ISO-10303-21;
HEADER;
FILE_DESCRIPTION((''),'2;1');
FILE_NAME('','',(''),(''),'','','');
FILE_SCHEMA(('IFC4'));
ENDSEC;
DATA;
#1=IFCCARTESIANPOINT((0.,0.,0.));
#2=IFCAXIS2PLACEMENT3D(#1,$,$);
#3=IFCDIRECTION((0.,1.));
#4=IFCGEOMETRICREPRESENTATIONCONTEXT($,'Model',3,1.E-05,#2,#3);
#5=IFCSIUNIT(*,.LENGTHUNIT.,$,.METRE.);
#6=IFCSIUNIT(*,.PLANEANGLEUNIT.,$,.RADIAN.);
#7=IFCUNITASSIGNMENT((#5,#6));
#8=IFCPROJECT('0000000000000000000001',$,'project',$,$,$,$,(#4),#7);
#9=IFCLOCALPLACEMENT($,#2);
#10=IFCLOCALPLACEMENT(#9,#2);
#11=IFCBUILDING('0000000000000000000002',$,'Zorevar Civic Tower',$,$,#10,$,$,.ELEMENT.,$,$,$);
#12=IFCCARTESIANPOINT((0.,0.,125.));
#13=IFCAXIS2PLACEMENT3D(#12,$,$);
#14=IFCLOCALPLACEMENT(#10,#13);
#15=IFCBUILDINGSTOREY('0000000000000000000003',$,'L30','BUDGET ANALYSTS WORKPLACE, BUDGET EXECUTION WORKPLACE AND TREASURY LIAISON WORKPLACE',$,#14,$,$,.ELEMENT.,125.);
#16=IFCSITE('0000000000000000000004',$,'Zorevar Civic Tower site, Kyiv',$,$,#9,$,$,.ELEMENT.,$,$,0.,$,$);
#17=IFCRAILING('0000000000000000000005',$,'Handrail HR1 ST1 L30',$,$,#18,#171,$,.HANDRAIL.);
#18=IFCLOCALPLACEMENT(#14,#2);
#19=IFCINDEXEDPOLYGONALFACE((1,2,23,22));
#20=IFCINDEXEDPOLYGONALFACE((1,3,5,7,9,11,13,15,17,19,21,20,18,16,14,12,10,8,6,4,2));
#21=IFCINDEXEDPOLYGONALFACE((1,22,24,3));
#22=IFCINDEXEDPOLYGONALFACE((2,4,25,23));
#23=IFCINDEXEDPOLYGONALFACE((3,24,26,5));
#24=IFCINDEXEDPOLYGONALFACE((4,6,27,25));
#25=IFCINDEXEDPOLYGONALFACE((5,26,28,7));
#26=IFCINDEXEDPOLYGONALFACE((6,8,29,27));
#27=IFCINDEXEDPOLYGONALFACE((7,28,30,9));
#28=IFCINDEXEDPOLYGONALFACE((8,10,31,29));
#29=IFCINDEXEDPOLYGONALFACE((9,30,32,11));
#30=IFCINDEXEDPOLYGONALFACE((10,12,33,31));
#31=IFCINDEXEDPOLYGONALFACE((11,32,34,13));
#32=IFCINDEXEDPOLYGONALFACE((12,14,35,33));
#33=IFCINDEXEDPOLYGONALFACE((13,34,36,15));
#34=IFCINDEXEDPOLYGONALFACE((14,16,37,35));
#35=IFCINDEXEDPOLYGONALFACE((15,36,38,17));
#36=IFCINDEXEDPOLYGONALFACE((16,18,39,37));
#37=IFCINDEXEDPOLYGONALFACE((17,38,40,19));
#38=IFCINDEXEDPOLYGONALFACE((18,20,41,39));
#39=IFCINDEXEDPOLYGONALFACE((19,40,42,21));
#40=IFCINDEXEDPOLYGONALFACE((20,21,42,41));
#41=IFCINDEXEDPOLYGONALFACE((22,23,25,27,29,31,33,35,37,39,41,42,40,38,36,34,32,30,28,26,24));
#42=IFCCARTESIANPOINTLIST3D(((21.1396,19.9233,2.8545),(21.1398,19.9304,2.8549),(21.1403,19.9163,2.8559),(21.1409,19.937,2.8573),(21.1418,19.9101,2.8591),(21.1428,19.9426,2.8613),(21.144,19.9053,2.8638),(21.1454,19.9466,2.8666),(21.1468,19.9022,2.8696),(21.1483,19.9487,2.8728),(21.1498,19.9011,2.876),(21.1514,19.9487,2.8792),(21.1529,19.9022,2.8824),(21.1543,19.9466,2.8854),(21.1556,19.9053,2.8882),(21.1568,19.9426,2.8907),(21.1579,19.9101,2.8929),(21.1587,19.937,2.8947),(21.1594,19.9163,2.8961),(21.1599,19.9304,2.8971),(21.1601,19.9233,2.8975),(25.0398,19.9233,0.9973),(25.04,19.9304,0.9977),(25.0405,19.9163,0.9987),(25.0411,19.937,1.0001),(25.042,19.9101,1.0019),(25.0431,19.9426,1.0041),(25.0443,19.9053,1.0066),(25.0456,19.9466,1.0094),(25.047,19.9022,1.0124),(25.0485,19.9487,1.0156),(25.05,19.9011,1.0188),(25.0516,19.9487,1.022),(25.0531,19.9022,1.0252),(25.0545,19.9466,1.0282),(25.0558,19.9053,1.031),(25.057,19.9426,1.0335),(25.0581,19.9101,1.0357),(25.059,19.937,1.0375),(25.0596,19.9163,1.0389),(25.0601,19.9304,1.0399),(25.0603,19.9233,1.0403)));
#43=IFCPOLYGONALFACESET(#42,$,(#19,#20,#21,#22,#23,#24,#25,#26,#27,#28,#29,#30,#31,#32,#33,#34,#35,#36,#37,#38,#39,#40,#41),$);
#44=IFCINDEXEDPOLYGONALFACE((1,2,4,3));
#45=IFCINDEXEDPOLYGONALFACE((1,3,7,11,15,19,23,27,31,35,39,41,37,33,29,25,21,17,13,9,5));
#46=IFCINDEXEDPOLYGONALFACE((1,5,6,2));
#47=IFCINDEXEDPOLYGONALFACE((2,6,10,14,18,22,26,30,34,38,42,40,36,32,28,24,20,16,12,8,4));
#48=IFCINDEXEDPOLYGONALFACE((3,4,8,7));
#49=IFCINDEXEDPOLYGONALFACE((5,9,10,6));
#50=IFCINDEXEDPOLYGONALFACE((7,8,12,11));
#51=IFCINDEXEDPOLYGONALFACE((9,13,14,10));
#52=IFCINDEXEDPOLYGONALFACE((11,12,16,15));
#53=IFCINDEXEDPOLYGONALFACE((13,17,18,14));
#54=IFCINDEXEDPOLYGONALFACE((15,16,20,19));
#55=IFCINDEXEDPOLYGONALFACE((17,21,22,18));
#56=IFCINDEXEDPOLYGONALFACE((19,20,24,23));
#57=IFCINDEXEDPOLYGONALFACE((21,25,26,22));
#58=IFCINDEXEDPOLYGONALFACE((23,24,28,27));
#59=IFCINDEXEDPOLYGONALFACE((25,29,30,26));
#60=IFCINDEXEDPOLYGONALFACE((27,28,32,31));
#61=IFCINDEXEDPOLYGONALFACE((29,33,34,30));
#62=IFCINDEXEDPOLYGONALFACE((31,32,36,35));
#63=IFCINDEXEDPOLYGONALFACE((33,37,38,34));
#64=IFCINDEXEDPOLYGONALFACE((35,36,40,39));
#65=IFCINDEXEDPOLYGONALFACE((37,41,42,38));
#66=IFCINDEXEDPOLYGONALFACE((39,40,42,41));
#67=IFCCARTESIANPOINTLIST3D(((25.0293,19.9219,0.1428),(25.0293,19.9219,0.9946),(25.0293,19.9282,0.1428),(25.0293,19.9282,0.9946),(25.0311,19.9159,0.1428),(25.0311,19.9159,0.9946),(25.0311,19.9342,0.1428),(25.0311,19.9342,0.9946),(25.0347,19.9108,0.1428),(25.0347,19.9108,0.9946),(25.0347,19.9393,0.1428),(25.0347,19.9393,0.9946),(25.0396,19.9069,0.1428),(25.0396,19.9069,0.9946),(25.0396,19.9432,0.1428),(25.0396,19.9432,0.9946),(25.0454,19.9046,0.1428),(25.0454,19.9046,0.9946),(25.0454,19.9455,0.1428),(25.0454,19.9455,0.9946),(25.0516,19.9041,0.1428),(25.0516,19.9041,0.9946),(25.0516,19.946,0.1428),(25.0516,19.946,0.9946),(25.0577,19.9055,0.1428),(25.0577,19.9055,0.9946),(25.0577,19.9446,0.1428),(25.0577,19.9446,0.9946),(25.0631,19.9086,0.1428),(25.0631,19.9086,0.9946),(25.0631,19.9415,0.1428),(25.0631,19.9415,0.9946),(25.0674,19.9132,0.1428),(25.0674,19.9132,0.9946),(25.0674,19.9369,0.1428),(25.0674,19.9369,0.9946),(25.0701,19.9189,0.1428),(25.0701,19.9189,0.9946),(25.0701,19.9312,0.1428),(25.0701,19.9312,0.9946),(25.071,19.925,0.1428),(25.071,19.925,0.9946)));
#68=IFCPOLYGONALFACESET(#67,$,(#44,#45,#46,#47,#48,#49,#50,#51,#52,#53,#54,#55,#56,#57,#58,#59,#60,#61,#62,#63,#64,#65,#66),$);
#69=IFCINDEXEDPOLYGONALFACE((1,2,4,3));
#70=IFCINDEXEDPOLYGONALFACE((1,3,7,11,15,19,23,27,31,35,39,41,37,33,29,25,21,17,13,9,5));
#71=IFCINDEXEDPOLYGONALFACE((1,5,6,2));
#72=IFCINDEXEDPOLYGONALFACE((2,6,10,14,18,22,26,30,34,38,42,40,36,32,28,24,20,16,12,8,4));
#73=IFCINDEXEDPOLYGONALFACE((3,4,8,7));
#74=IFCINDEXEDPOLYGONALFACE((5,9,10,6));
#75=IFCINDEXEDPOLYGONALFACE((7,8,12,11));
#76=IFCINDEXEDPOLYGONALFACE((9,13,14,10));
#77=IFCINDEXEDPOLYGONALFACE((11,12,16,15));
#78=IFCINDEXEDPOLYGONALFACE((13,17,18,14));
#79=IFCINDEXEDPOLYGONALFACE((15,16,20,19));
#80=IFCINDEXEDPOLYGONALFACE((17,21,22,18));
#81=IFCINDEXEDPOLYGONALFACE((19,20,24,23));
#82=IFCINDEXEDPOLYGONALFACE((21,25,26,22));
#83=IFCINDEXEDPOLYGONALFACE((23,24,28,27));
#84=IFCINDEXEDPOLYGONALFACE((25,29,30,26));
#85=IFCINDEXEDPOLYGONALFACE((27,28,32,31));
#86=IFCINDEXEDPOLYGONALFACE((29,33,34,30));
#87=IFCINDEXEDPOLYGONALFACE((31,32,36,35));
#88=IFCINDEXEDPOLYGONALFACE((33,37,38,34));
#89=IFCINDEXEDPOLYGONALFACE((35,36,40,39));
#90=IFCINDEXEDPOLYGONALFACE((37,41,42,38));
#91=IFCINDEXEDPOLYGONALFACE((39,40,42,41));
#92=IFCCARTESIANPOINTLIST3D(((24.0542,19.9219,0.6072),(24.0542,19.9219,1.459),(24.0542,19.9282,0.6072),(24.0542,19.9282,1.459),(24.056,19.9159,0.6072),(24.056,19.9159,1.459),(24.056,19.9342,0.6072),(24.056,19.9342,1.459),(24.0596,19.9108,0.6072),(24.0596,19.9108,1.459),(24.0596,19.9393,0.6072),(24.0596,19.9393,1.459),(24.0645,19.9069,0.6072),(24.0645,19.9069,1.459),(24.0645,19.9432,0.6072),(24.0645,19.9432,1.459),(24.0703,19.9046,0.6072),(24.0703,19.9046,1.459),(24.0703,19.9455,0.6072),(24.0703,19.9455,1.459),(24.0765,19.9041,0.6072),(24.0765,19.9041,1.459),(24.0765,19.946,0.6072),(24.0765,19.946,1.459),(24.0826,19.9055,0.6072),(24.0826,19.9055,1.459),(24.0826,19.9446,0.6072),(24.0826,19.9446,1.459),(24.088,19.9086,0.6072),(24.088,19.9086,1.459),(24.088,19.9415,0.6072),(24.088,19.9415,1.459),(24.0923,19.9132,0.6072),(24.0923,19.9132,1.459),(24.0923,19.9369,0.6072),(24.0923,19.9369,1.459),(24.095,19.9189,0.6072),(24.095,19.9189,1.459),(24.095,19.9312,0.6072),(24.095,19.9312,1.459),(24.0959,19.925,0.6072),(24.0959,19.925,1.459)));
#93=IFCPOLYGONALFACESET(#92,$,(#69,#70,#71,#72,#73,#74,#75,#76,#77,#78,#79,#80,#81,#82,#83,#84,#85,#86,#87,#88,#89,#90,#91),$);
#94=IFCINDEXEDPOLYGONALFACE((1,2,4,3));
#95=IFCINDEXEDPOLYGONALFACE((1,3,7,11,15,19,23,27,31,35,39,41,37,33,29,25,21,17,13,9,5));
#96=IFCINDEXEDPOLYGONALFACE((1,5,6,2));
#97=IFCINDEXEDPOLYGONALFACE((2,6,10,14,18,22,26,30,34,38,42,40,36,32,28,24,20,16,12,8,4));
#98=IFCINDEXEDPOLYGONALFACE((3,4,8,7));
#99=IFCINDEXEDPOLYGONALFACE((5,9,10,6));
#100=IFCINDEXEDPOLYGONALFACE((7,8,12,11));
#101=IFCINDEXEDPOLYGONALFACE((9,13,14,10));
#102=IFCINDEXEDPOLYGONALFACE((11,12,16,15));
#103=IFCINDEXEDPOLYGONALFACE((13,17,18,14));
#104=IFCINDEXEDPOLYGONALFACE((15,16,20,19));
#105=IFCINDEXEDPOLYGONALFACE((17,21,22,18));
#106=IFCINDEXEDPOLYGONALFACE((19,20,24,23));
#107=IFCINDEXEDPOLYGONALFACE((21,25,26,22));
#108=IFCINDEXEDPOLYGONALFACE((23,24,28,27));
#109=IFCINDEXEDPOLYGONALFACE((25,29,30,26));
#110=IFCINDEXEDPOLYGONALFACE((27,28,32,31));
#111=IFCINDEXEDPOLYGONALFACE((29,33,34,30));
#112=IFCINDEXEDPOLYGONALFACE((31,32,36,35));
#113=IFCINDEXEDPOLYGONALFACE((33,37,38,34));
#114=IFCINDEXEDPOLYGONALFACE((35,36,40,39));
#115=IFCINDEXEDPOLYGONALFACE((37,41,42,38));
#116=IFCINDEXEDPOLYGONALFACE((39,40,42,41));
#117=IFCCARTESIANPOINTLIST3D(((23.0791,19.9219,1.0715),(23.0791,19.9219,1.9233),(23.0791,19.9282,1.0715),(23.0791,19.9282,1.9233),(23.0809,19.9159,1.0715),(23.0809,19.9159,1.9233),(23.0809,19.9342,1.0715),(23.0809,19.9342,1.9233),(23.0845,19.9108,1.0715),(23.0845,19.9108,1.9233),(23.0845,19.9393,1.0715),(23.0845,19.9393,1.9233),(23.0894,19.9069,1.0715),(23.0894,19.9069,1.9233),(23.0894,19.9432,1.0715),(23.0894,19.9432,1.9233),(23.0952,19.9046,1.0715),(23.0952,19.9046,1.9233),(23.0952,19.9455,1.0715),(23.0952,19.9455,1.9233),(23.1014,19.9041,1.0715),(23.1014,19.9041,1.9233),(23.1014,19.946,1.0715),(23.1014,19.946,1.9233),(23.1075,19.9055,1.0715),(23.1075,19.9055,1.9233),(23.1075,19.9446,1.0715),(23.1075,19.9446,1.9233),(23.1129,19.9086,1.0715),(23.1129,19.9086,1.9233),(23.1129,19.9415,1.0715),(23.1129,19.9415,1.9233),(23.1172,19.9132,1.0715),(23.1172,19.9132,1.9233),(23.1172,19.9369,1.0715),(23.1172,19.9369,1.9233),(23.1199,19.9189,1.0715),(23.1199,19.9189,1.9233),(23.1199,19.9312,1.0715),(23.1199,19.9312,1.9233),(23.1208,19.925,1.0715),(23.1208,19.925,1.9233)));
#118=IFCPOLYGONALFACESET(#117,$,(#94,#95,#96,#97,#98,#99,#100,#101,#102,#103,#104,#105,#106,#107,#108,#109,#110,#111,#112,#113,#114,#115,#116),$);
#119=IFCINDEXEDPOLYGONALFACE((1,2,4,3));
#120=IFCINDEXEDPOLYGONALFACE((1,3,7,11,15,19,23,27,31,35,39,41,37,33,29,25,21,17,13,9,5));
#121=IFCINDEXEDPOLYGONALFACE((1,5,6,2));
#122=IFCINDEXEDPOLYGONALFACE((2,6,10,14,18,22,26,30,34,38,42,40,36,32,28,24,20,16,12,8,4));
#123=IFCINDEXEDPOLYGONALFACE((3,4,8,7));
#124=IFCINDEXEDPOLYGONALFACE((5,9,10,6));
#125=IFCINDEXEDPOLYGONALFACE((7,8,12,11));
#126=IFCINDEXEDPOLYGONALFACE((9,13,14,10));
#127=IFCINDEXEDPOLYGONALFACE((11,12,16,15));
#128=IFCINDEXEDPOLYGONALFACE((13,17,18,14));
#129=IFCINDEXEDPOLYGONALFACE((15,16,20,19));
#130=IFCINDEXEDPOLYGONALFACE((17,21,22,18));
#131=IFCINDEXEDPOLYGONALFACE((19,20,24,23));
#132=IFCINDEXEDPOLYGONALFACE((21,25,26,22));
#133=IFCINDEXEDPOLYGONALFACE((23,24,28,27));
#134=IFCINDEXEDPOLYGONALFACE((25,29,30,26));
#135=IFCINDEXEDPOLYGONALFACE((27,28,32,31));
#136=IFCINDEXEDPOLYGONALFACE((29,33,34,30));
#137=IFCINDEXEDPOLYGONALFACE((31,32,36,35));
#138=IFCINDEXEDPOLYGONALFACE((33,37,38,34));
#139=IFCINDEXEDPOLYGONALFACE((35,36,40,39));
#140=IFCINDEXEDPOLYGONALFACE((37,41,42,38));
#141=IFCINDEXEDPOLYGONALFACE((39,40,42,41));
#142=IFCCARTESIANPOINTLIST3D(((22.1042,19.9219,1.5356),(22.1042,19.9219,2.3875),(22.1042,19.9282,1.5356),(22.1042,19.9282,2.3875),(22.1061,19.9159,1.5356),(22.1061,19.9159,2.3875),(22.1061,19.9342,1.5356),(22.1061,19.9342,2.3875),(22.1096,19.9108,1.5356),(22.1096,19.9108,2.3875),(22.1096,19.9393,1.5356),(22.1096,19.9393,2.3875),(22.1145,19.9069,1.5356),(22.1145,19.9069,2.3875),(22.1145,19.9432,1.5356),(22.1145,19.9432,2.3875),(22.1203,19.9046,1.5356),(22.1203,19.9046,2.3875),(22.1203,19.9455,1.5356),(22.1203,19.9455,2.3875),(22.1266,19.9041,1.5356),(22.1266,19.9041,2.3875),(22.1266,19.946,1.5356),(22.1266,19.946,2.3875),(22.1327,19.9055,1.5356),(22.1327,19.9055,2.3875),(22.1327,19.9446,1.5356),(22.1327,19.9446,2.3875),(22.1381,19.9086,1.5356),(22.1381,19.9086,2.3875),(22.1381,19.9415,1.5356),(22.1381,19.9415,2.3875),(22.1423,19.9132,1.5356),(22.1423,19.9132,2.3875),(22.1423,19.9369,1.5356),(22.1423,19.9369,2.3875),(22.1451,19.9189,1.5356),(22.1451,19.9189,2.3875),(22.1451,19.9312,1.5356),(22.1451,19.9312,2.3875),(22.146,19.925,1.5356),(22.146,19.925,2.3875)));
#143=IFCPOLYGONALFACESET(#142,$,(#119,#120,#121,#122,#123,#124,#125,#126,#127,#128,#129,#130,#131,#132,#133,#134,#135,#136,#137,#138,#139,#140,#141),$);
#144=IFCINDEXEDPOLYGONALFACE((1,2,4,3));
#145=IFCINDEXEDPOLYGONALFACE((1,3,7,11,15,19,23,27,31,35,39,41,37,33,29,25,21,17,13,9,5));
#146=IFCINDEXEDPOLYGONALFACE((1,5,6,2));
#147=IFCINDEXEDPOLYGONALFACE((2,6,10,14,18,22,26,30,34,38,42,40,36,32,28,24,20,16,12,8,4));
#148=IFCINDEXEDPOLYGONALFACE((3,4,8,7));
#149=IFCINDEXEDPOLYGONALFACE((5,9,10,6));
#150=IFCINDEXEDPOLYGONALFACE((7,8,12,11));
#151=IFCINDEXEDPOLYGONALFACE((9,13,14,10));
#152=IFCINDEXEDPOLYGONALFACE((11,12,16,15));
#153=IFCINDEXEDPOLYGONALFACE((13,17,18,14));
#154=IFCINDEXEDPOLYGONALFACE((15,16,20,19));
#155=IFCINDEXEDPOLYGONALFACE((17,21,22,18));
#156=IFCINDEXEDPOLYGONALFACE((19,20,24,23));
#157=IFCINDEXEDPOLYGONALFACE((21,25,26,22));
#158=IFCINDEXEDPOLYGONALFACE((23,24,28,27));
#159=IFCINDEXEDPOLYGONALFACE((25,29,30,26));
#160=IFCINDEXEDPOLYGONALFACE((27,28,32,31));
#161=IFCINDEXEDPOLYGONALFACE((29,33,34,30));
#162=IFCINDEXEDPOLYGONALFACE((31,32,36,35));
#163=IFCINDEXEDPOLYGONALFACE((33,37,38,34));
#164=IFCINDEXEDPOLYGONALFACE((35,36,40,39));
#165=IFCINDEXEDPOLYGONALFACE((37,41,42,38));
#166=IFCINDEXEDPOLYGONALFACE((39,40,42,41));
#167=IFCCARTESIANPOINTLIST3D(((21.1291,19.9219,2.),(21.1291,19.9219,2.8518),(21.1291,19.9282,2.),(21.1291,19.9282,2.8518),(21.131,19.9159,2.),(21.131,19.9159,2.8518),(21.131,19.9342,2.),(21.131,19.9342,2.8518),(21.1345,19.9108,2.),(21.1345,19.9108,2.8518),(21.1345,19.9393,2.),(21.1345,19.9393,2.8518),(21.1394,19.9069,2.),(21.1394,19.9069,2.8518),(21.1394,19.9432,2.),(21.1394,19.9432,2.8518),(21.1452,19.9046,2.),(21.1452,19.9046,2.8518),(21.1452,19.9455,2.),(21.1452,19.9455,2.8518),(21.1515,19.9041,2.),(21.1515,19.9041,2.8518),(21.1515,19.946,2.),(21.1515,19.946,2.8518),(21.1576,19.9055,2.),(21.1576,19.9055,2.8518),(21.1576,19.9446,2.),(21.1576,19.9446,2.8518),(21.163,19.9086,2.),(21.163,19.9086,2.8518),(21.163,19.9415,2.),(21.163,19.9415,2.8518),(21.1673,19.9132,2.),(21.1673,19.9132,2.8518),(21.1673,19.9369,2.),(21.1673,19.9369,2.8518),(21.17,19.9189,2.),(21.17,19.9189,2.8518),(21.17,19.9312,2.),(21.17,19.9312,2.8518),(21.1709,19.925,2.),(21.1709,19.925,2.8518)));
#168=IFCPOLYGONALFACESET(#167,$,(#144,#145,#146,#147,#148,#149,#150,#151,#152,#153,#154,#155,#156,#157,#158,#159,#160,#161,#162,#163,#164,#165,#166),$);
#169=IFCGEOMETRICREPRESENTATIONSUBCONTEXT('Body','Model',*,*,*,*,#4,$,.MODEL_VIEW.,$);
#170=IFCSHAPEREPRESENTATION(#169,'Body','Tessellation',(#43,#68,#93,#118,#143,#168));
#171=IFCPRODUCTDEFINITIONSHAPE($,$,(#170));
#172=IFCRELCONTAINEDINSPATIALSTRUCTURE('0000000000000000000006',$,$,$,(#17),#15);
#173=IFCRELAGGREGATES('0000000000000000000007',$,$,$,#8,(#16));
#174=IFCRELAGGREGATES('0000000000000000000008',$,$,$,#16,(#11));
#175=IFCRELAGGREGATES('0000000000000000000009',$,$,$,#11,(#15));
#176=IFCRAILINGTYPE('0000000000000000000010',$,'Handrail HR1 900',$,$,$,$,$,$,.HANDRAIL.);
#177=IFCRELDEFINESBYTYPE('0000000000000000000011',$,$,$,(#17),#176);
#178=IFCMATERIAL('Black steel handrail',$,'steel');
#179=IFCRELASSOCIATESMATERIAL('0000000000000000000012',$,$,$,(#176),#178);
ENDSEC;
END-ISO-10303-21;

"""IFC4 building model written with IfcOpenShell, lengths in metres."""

from ifc_helpers import new_model, si_unit, direction, frame, origin, origin_2d, place, context, subcontext, project, spatial, circle, extrude, material, type_object, element, save


model = new_model("IFC4")

# Units and contexts
model_context = context("Model", 3, precision=1e-05, world=origin(), true_north=direction((0.0, 1.0)))
body_context = subcontext(model_context, "Body", "Model", "MODEL_VIEW")
ifc_project = project(units=[si_unit("LENGTHUNIT", "METRE"), si_unit("PLANEANGLEUNIT", "RADIAN")], contexts=[model_context])

# Site, building, storey
site_placement = place(None, origin())
site = spatial("IfcSite", under=ifc_project, at=site_placement, Name="Zorevar Civic Tower site, Kyiv", CompositionType="ELEMENT", RefElevation=0.0)
building_placement = place(site_placement, origin())
building = spatial("IfcBuilding", under=site, at=building_placement, Name="Zorevar Civic Tower", CompositionType="ELEMENT")
storey_placement = place(building_placement, frame((0.0, 0.0, 125.0)))
storey = spatial("IfcBuildingStorey", under=building, at=storey_placement, Name="L30", Description="BUDGET ANALYSTS WORKPLACE, BUDGET EXECUTION WORKPLACE AND TREASURY LIAISON WORKPLACE", CompositionType="ELEMENT", Elevation=125.0)

# Railing
ifc_material_1 = material(Name="Black steel handrail", Category="steel")
railing_type = type_object("IfcRailingType", Name="Handrail HR1 900", PredefinedType="HANDRAIL", material=ifc_material_1)
railing_1_placement = place(storey_placement, frame((25.05, 19.925, 0.1428)))
element("IfcRailing", 1, at=railing_1_placement, inside=storey, type_object=railing_type, Name="Handrail HR1 ST1 L30", PredefinedType="HANDRAIL", context=body_context, shape_type="SweptSolid", body=[
    extrude(circle(Radius=0.0239, at=origin_2d()), frame((0.0, 0.0, 0.876), z_axis=(-0.902864, 0.0, 0.429927), x_axis=(0.0, -1.0, 0.0)), (0.0, 0.0, 1.0), 4.3198),
    extrude(circle(Radius=0.021, at=origin_2d()), origin(), (0.0, 0.0, 1.0), 0.8518),
    extrude(circle(Radius=0.021, at=origin_2d()), frame((-0.9751, 0.0, 0.4644)), (0.0, 0.0, 1.0), 0.8518),
    extrude(circle(Radius=0.021, at=origin_2d()), frame((-1.9502, 0.0, 0.9287)), (0.0, 0.0, 1.0), 0.8518),
    extrude(circle(Radius=0.021, at=origin_2d()), frame((-2.925, 0.0, 1.3928)), (0.0, 0.0, 1.0), 0.8518),
    extrude(circle(Radius=0.021, at=origin_2d()), frame((-3.9001, 0.0, 1.8572)), (0.0, 0.0, 1.0), 0.8518),
])

save(model, "model.ifc")
